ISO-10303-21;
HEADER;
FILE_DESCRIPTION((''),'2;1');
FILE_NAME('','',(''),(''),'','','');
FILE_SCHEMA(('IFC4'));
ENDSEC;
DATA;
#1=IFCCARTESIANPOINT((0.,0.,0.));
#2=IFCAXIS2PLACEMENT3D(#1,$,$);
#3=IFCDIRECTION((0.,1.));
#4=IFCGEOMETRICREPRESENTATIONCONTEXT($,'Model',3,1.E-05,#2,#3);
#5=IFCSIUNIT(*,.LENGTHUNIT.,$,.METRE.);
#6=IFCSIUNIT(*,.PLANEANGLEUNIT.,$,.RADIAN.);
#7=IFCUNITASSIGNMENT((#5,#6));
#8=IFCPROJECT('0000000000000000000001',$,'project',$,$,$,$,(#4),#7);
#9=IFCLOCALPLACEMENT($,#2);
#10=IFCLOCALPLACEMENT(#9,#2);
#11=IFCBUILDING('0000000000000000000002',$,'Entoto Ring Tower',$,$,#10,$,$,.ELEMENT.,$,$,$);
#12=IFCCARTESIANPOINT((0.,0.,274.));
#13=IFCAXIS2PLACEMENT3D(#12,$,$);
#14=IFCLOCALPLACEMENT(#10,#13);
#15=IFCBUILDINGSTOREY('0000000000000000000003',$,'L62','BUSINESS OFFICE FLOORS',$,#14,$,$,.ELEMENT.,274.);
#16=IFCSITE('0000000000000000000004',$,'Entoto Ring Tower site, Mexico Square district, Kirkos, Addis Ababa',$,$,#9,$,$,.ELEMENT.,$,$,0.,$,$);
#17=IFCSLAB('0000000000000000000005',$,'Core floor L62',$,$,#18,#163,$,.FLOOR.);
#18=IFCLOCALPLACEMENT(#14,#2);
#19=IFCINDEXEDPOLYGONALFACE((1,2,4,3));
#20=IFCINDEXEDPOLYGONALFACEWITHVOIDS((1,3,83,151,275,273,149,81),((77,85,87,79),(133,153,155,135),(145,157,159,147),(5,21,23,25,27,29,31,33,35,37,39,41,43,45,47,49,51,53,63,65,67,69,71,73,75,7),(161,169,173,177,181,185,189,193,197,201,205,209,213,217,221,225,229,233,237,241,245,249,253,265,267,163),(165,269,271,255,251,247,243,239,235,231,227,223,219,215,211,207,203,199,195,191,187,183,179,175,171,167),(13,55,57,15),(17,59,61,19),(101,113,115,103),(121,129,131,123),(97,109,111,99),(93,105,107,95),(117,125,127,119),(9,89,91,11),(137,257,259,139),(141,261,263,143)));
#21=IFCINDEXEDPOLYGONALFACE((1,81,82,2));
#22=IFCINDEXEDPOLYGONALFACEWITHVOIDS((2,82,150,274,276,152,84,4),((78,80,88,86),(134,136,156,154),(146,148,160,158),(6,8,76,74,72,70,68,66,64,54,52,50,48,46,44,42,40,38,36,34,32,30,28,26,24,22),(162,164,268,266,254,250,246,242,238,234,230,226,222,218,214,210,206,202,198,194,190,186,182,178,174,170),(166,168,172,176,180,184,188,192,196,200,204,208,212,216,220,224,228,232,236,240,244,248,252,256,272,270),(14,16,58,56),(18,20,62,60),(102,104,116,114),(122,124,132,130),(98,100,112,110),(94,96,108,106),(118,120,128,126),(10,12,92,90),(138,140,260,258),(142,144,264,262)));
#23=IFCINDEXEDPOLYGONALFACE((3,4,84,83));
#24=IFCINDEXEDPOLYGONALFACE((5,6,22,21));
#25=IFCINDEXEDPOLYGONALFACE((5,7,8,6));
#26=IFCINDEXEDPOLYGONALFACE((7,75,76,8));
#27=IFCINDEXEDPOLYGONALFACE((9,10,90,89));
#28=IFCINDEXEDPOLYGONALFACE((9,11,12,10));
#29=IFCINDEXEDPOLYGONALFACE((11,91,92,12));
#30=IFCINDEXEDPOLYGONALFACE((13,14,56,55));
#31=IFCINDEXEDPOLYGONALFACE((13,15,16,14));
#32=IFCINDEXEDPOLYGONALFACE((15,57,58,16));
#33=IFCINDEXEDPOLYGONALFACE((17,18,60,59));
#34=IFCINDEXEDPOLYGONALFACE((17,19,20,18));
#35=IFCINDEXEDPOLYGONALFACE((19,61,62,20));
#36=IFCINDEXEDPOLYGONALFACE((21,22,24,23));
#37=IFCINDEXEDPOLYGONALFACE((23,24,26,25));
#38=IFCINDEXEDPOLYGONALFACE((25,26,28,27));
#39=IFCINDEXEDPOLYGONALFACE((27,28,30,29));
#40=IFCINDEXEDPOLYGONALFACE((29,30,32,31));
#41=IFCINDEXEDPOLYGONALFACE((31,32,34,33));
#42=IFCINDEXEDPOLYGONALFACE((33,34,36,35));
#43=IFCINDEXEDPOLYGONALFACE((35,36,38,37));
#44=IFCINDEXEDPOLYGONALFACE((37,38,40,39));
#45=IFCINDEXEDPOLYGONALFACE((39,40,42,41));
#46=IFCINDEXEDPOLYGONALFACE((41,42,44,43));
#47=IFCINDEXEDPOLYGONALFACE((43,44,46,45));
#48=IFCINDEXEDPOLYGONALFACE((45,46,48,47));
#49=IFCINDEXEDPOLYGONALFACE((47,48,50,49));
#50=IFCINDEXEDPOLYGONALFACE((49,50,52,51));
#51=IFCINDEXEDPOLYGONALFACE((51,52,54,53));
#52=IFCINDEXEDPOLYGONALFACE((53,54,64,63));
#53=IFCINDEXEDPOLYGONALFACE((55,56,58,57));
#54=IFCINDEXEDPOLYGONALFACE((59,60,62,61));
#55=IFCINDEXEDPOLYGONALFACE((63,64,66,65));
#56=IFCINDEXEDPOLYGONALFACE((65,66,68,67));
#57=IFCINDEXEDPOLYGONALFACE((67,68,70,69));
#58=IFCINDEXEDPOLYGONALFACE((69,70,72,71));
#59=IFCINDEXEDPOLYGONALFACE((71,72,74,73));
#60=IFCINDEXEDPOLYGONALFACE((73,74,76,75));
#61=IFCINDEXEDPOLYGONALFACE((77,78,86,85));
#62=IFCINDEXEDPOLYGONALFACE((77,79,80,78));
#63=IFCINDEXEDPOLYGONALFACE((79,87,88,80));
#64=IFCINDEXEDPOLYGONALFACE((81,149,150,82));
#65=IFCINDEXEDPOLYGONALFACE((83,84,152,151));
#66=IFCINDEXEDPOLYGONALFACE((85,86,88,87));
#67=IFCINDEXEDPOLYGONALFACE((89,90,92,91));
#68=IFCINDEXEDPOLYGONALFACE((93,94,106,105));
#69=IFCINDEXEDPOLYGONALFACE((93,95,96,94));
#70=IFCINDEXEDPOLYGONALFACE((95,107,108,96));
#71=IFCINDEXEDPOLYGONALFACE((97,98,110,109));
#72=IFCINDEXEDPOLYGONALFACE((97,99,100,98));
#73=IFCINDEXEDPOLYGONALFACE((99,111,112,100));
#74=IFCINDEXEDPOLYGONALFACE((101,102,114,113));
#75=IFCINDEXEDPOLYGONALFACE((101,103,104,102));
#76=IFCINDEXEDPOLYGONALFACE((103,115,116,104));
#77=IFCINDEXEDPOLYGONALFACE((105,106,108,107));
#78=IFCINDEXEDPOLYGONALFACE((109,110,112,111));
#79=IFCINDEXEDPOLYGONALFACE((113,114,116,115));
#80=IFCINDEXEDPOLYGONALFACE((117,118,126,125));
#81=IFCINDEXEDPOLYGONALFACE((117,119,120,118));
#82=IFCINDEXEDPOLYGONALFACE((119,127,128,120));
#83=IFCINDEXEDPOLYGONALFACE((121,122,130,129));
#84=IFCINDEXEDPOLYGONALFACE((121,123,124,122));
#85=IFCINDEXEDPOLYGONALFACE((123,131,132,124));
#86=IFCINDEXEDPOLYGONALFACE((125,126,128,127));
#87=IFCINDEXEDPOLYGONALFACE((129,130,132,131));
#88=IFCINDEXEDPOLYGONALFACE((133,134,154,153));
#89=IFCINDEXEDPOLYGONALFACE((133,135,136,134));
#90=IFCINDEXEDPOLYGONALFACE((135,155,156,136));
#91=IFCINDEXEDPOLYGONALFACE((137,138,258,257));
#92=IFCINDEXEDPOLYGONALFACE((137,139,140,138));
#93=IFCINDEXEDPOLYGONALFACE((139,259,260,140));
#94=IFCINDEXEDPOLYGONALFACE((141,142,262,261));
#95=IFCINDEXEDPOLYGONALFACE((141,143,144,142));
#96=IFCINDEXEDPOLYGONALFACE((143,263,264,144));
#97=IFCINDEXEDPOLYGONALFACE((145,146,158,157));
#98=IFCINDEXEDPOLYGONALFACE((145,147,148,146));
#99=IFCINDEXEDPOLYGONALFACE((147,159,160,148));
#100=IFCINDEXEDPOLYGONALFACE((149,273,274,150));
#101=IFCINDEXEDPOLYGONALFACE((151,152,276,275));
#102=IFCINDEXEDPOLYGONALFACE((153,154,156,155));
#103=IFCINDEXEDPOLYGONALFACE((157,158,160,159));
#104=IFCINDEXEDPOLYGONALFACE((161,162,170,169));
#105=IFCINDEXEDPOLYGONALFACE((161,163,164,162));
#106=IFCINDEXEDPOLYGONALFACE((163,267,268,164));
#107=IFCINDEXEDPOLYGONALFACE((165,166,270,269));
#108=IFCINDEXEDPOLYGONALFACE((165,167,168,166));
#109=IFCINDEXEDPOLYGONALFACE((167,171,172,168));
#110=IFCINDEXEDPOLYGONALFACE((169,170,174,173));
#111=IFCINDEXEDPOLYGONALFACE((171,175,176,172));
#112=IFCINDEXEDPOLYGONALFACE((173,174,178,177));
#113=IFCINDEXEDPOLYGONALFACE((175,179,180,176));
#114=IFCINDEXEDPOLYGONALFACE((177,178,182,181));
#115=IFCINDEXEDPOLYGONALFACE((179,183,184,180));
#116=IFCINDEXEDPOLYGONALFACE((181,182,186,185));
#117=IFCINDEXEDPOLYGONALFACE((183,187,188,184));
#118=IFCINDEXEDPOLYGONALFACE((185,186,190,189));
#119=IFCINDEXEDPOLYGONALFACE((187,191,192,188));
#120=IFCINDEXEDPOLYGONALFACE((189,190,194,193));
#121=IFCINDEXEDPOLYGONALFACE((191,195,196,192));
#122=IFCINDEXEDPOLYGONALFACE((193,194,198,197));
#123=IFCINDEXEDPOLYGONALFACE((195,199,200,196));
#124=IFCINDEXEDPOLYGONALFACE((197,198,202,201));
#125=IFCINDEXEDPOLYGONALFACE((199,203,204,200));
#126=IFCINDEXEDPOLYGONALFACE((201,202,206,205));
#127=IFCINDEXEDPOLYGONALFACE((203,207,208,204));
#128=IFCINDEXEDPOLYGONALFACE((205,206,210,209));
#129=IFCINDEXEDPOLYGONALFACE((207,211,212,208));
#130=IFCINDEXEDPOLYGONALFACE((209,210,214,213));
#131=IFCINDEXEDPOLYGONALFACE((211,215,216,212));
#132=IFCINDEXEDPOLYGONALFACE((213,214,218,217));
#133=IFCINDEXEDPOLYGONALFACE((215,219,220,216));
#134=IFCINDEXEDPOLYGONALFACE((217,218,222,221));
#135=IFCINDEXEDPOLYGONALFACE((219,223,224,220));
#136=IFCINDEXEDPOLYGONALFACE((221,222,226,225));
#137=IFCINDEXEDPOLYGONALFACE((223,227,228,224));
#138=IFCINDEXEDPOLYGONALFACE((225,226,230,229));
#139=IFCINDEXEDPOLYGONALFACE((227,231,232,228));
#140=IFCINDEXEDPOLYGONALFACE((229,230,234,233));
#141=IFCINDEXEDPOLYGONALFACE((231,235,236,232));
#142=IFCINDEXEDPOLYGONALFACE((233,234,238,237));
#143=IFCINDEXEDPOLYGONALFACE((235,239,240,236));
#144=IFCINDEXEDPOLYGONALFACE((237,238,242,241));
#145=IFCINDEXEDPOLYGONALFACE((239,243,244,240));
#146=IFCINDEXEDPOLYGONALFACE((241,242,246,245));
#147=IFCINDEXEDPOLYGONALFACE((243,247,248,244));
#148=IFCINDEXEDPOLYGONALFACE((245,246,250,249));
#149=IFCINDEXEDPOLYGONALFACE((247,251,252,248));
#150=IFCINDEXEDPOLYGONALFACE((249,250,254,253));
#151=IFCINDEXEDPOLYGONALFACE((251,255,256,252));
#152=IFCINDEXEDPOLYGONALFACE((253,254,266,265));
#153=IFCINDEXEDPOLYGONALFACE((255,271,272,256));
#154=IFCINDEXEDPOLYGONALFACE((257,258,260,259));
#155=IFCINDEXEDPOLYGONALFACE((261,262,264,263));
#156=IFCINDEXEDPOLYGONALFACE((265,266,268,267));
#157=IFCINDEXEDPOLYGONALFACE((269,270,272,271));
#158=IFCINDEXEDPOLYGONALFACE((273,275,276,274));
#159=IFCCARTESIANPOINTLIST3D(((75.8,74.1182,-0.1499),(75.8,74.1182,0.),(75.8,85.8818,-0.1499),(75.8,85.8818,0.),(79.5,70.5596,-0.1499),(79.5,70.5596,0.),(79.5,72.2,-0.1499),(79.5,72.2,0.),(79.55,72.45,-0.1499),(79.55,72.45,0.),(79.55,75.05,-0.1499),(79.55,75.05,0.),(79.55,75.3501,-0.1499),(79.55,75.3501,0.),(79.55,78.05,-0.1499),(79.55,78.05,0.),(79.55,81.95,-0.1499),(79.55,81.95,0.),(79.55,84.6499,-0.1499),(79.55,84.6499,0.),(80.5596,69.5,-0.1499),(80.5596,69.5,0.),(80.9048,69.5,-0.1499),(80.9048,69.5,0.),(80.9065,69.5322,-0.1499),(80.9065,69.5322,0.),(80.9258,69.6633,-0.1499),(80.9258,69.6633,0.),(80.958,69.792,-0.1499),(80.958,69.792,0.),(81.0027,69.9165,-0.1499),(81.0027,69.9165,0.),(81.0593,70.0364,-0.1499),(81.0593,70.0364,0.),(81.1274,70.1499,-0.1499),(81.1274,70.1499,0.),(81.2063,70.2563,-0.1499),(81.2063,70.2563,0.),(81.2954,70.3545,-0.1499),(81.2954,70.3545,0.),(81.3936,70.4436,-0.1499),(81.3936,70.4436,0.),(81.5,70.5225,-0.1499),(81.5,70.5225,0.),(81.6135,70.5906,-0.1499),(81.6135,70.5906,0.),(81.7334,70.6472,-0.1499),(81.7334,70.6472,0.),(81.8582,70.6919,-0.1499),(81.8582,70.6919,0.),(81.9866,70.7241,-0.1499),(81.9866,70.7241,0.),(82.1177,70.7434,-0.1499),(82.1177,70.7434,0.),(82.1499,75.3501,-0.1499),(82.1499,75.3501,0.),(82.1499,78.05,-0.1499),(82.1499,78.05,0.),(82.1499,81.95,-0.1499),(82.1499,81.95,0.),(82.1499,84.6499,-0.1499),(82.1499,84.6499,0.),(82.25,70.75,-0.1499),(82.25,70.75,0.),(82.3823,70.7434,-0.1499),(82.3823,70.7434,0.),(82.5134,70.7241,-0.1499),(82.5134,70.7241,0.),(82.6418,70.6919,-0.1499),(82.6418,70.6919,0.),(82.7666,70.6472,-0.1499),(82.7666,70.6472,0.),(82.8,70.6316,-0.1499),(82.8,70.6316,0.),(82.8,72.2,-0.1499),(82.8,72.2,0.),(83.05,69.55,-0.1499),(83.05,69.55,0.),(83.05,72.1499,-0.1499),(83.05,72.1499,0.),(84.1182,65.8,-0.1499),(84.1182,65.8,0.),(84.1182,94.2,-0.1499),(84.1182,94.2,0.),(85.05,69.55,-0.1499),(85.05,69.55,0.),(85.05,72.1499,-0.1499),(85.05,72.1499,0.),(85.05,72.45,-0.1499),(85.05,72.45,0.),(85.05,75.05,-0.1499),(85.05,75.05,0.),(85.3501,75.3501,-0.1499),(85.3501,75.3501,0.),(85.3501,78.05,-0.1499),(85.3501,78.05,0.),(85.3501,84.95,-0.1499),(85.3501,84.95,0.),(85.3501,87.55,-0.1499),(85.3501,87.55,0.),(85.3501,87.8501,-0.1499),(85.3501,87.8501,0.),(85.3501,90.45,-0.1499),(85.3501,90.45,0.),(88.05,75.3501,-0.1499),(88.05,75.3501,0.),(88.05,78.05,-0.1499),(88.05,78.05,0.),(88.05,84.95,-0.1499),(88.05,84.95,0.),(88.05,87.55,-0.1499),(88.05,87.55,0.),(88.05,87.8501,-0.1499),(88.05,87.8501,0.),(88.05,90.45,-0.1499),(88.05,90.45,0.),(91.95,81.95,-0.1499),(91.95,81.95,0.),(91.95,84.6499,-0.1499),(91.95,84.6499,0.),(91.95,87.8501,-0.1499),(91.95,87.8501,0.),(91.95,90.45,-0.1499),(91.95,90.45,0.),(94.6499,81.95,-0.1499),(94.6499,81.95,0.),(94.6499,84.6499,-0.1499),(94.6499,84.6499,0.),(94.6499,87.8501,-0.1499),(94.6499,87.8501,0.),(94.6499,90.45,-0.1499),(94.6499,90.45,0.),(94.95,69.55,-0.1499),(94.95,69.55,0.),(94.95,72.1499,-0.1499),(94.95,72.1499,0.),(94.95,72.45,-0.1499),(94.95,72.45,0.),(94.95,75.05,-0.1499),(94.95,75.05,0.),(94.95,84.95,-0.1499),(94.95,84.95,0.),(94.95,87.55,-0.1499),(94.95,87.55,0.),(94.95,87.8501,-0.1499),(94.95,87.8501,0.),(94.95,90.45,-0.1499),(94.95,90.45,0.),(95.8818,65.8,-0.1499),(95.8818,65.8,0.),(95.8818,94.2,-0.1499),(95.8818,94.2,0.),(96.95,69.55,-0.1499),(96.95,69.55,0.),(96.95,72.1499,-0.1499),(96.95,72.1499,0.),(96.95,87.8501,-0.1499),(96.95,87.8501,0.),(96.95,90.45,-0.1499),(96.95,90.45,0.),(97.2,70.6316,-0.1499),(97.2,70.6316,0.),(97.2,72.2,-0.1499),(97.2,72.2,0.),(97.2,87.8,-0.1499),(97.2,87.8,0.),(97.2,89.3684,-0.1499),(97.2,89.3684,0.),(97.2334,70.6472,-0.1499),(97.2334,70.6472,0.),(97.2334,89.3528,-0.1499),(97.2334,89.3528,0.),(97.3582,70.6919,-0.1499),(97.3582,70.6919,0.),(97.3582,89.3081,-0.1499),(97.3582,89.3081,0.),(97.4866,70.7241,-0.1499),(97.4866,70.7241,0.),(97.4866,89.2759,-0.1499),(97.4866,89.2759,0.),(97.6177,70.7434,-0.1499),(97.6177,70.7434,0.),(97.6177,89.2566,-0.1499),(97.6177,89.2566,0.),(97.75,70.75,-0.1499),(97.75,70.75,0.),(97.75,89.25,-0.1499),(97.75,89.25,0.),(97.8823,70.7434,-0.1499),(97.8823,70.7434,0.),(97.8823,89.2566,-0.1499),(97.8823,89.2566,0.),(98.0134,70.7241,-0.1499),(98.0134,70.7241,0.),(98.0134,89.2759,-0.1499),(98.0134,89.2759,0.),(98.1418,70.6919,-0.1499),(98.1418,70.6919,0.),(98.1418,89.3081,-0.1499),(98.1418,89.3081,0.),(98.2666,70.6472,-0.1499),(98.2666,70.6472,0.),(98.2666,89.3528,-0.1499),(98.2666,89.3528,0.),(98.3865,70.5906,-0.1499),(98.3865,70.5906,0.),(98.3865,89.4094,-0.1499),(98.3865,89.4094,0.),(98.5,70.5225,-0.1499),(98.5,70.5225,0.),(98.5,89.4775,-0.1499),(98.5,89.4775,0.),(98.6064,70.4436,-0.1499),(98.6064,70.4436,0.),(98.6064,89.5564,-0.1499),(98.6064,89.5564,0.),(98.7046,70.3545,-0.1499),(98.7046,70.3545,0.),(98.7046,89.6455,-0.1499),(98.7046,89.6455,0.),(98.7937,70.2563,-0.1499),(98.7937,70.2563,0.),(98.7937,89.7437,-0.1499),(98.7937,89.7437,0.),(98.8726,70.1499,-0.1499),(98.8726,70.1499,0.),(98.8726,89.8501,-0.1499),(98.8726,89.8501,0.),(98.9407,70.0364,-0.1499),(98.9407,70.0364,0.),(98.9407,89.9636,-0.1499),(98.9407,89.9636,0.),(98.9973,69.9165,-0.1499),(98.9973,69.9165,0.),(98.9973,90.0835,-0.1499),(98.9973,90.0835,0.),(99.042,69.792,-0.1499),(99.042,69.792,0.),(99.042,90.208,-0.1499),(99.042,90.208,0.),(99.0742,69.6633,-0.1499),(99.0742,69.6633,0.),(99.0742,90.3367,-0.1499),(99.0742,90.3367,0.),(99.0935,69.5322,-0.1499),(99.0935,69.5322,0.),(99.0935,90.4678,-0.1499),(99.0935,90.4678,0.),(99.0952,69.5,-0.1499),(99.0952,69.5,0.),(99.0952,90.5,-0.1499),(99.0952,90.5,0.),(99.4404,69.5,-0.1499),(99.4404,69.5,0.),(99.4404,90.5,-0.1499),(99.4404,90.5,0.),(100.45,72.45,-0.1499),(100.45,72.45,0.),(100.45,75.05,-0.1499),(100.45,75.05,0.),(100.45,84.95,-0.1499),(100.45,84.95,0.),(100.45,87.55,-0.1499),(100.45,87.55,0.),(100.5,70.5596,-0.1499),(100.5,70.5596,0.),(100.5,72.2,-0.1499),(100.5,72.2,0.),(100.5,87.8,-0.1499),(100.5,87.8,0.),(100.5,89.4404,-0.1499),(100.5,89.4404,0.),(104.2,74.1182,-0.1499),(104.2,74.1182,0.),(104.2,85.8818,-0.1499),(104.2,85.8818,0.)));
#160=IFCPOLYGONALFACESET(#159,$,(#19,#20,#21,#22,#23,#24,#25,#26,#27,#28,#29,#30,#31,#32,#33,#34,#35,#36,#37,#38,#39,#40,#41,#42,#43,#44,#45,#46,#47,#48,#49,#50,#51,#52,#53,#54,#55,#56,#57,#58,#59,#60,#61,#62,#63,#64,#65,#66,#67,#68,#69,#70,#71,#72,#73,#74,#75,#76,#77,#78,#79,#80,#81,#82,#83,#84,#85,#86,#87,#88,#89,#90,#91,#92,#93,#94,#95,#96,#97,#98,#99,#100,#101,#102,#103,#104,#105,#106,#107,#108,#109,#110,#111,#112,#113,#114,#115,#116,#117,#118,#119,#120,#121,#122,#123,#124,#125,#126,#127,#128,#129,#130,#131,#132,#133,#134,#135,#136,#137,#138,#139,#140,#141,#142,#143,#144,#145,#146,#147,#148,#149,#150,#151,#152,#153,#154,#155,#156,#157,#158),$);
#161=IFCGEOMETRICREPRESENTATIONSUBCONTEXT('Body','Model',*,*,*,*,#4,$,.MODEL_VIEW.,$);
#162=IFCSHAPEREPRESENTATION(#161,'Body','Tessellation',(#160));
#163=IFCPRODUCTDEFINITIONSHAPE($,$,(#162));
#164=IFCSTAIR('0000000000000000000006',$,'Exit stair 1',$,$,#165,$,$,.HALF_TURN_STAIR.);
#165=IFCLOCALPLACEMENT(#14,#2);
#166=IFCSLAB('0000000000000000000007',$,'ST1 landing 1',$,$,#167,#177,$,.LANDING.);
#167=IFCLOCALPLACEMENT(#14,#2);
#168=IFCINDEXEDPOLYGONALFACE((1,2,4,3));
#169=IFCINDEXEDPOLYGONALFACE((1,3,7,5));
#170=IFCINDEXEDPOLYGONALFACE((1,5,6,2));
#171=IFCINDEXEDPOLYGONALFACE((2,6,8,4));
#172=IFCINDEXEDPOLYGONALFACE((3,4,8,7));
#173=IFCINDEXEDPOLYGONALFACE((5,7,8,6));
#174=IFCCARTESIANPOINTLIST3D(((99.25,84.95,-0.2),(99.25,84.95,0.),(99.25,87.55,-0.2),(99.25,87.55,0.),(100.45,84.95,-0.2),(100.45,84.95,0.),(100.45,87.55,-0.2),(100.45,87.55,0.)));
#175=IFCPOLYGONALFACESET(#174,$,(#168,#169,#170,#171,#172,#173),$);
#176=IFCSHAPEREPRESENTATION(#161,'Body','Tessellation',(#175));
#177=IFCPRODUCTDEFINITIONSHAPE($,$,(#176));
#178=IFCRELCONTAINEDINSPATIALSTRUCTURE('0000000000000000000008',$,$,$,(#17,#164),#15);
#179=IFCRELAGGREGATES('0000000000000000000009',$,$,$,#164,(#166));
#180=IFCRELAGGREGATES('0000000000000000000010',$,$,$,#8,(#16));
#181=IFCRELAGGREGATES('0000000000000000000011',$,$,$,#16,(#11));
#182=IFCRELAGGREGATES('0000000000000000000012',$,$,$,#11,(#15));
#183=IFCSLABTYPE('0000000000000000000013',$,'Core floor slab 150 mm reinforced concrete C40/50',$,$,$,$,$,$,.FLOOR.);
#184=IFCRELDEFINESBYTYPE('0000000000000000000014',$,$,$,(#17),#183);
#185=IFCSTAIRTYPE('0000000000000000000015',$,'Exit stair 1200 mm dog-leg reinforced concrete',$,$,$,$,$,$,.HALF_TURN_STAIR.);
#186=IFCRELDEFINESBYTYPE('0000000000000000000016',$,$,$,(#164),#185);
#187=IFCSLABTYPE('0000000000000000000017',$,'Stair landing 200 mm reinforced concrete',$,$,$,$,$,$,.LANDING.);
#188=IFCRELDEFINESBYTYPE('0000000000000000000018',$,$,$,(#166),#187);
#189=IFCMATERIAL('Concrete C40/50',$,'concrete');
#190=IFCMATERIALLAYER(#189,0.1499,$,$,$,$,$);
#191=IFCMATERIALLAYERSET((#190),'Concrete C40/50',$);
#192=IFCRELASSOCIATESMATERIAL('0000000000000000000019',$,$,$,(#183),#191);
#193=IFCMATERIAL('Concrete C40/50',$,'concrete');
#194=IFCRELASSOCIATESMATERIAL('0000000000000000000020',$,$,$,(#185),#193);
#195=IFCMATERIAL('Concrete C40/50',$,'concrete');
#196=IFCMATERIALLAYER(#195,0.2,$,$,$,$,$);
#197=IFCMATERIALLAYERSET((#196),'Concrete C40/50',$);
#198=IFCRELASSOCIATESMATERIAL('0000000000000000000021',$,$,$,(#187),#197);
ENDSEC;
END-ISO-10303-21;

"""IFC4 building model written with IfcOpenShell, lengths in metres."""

from ifc_helpers import new_model, si_unit, direction, frame, origin, place, context, subcontext, project, spatial, polyline, outline, extrude, material, layer, layer_set, type_object, element, aggregate, save


model = new_model("IFC4")

# Units and contexts
model_context = context("Model", 3, precision=1e-05, world=origin(), true_north=direction((0.0, 1.0)))
body_context = subcontext(model_context, "Body", "Model", "MODEL_VIEW")
ifc_project = project(units=[si_unit("LENGTHUNIT", "METRE"), si_unit("PLANEANGLEUNIT", "RADIAN")], contexts=[model_context])

# Site, building, storey
site_placement = place(None, origin())
site = spatial("IfcSite", under=ifc_project, at=site_placement, Name="Entoto Ring Tower site, Mexico Square district, Kirkos, Addis Ababa", CompositionType="ELEMENT", RefElevation=0.0)
building_placement = place(site_placement, origin())
building = spatial("IfcBuilding", under=site, at=building_placement, Name="Entoto Ring Tower", CompositionType="ELEMENT")
storey_placement = place(building_placement, frame((0.0, 0.0, 274.0)))
storey = spatial("IfcBuildingStorey", under=building, at=storey_placement, Name="L62", Description="BUSINESS OFFICE FLOORS", CompositionType="ELEMENT", Elevation=274.0)

# Slab
ifc_material_1 = material(Name="Concrete C40/50", Category="concrete")
ifc_layer_1 = layer(ifc_material_1, 0.1499)
ifc_layer_set_1 = layer_set([ifc_layer_1], Name="Concrete C40/50")
slab_type_1 = type_object("IfcSlabType", Name="Core floor slab 150 mm reinforced concrete C40/50", PredefinedType="FLOOR", material=ifc_layer_set_1)
slab_1_placement = place(storey_placement, frame((0.0, 0.0, -0.1499)))
element("IfcSlab", 1, at=slab_1_placement, inside=storey, type_object=slab_type_1, Name="Core floor L62", PredefinedType="FLOOR", context=body_context, shape_type="SweptSolid", body=[
    extrude(outline(polyline([(104.2, 74.1182), (104.2, 85.8818), (95.8818, 94.2), (84.1182, 94.2), (75.8, 85.8818), (75.8, 74.1182), (84.1182, 65.8), (95.8818, 65.8), (104.2, 74.1182)]), holes=[polyline([(100.45, 84.95), (100.45, 87.55), (94.95, 87.55), (94.95, 84.95), (100.45, 84.95)]), polyline([(85.05, 72.45), (85.05, 75.05), (79.55, 75.05), (79.55, 72.45), (85.05, 72.45)]), polyline([(100.45, 72.45), (100.45, 75.05), (94.95, 75.05), (94.95, 72.45), (100.45, 72.45)]), polyline([(94.95, 90.45), (94.95, 87.8501), (96.95, 87.8501), (96.95, 90.45), (94.95, 90.45)]), polyline([(94.95, 72.1499), (94.95, 69.55), (96.95, 69.55), (96.95, 72.1499), (94.95, 72.1499)]), polyline([(83.05, 72.1499), (83.05, 69.55), (85.05, 69.55), (85.05, 72.1499), (83.05, 72.1499)]), polyline([(79.55, 81.95), (82.1499, 81.95), (82.1499, 84.6499), (79.55, 84.6499), (79.55, 81.95)]), polyline([(79.55, 75.3501), (82.1499, 75.3501), (82.1499, 78.05), (79.55, 78.05), (79.55, 75.3501)]), polyline([(91.95, 87.8501), (94.6499, 87.8501), (94.6499, 90.45), (91.95, 90.45), (91.95, 87.8501)]), polyline([(91.95, 81.95), (94.6499, 81.95), (94.6499, 84.6499), (91.95, 84.6499), (91.95, 81.95)]), polyline([(85.3501, 75.3501), (88.05, 75.3501), (88.05, 78.05), (85.3501, 78.05), (85.3501, 75.3501)]), polyline([(85.3501, 84.95), (88.05, 84.95), (88.05, 87.55), (85.3501, 87.55), (85.3501, 84.95)]), polyline([(85.3501, 87.8501), (88.05, 87.8501), (88.05, 90.45), (85.3501, 90.45), (85.3501, 87.8501)]), polyline([(97.2, 89.3684), (97.2, 87.8), (100.5, 87.8), (100.5, 89.4404), (99.4404, 90.5), (99.0952, 90.5), (99.0935, 90.4678), (99.0742, 90.3367), (99.042, 90.208), (98.9973, 90.0835), (98.9407, 89.9636), (98.8726, 89.8501), (98.7937, 89.7437), (98.7046, 89.6455), (98.6064, 89.5564), (98.5, 89.4775), (98.3865, 89.4094), (98.2666, 89.3528), (98.1418, 89.3081), (98.0134, 89.2759), (97.8823, 89.2566), (97.75, 89.25), (97.6177, 89.2566), (97.4866, 89.2759), (97.3582, 89.3081), (97.2334, 89.3528), (97.2, 89.3684)]), polyline([(80.5596, 69.5), (80.9048, 69.5), (80.9065, 69.5322), (80.9258, 69.6633), (80.958, 69.792), (81.0027, 69.9165), (81.0593, 70.0364), (81.1274, 70.1499), (81.2063, 70.2563), (81.2954, 70.3545), (81.3936, 70.4436), (81.5, 70.5225), (81.6135, 70.5906), (81.7334, 70.6472), (81.8582, 70.6919), (81.9866, 70.7241), (82.1177, 70.7434), (82.25, 70.75), (82.3823, 70.7434), (82.5134, 70.7241), (82.6418, 70.6919), (82.7666, 70.6472), (82.8, 70.6316), (82.8, 72.2), (79.5, 72.2), (79.5, 70.5596), (80.5596, 69.5)]), polyline([(99.0952, 69.5), (99.4404, 69.5), (100.5, 70.5596), (100.5, 72.2), (97.2, 72.2), (97.2, 70.6316), (97.2334, 70.6472), (97.3582, 70.6919), (97.4866, 70.7241), (97.6177, 70.7434), (97.75, 70.75), (97.8823, 70.7434), (98.0134, 70.7241), (98.1418, 70.6919), (98.2666, 70.6472), (98.3865, 70.5906), (98.5, 70.5225), (98.6064, 70.4436), (98.7046, 70.3545), (98.7937, 70.2563), (98.8726, 70.1499), (98.9407, 70.0364), (98.9973, 69.9165), (99.042, 69.792), (99.0742, 69.6633), (99.0935, 69.5322), (99.0952, 69.5)])]), origin(), (0.0, 0.0, 1.0), 0.1499),
])

# Stair, slab
ifc_material_2 = material(Name="Concrete C40/50", Category="concrete")
stair_type = type_object("IfcStairType", Name="Exit stair 1200 mm dog-leg reinforced concrete", PredefinedType="HALF_TURN_STAIR", material=ifc_material_2)
stair_1_placement = place(storey_placement, origin())
stair_1 = element("IfcStair", 2, at=stair_1_placement, inside=storey, type_object=stair_type, Name="Exit stair 1", PredefinedType="HALF_TURN_STAIR")
ifc_material_3 = material(Name="Concrete C40/50", Category="concrete")
ifc_layer_2 = layer(ifc_material_3, 0.2)
ifc_layer_set_2 = layer_set([ifc_layer_2], Name="Concrete C40/50")
slab_type_2 = type_object("IfcSlabType", Name="Stair landing 200 mm reinforced concrete", PredefinedType="LANDING", material=ifc_layer_set_2)
slab_2_placement = place(storey_placement, frame((0.0, 0.0, -0.2)))
slab_2 = element("IfcSlab", 3, at=slab_2_placement, type_object=slab_type_2, Name="ST1 landing 1", PredefinedType="LANDING", context=body_context, shape_type="SweptSolid", body=[
    extrude(outline(polyline([(100.45, 84.95), (100.45, 87.55), (99.25, 87.55), (99.25, 84.95), (100.45, 84.95)])), origin(), (0.0, 0.0, 1.0), 0.2),
])
aggregate(stair_1, [slab_2])

save(model, "model.ifc")
